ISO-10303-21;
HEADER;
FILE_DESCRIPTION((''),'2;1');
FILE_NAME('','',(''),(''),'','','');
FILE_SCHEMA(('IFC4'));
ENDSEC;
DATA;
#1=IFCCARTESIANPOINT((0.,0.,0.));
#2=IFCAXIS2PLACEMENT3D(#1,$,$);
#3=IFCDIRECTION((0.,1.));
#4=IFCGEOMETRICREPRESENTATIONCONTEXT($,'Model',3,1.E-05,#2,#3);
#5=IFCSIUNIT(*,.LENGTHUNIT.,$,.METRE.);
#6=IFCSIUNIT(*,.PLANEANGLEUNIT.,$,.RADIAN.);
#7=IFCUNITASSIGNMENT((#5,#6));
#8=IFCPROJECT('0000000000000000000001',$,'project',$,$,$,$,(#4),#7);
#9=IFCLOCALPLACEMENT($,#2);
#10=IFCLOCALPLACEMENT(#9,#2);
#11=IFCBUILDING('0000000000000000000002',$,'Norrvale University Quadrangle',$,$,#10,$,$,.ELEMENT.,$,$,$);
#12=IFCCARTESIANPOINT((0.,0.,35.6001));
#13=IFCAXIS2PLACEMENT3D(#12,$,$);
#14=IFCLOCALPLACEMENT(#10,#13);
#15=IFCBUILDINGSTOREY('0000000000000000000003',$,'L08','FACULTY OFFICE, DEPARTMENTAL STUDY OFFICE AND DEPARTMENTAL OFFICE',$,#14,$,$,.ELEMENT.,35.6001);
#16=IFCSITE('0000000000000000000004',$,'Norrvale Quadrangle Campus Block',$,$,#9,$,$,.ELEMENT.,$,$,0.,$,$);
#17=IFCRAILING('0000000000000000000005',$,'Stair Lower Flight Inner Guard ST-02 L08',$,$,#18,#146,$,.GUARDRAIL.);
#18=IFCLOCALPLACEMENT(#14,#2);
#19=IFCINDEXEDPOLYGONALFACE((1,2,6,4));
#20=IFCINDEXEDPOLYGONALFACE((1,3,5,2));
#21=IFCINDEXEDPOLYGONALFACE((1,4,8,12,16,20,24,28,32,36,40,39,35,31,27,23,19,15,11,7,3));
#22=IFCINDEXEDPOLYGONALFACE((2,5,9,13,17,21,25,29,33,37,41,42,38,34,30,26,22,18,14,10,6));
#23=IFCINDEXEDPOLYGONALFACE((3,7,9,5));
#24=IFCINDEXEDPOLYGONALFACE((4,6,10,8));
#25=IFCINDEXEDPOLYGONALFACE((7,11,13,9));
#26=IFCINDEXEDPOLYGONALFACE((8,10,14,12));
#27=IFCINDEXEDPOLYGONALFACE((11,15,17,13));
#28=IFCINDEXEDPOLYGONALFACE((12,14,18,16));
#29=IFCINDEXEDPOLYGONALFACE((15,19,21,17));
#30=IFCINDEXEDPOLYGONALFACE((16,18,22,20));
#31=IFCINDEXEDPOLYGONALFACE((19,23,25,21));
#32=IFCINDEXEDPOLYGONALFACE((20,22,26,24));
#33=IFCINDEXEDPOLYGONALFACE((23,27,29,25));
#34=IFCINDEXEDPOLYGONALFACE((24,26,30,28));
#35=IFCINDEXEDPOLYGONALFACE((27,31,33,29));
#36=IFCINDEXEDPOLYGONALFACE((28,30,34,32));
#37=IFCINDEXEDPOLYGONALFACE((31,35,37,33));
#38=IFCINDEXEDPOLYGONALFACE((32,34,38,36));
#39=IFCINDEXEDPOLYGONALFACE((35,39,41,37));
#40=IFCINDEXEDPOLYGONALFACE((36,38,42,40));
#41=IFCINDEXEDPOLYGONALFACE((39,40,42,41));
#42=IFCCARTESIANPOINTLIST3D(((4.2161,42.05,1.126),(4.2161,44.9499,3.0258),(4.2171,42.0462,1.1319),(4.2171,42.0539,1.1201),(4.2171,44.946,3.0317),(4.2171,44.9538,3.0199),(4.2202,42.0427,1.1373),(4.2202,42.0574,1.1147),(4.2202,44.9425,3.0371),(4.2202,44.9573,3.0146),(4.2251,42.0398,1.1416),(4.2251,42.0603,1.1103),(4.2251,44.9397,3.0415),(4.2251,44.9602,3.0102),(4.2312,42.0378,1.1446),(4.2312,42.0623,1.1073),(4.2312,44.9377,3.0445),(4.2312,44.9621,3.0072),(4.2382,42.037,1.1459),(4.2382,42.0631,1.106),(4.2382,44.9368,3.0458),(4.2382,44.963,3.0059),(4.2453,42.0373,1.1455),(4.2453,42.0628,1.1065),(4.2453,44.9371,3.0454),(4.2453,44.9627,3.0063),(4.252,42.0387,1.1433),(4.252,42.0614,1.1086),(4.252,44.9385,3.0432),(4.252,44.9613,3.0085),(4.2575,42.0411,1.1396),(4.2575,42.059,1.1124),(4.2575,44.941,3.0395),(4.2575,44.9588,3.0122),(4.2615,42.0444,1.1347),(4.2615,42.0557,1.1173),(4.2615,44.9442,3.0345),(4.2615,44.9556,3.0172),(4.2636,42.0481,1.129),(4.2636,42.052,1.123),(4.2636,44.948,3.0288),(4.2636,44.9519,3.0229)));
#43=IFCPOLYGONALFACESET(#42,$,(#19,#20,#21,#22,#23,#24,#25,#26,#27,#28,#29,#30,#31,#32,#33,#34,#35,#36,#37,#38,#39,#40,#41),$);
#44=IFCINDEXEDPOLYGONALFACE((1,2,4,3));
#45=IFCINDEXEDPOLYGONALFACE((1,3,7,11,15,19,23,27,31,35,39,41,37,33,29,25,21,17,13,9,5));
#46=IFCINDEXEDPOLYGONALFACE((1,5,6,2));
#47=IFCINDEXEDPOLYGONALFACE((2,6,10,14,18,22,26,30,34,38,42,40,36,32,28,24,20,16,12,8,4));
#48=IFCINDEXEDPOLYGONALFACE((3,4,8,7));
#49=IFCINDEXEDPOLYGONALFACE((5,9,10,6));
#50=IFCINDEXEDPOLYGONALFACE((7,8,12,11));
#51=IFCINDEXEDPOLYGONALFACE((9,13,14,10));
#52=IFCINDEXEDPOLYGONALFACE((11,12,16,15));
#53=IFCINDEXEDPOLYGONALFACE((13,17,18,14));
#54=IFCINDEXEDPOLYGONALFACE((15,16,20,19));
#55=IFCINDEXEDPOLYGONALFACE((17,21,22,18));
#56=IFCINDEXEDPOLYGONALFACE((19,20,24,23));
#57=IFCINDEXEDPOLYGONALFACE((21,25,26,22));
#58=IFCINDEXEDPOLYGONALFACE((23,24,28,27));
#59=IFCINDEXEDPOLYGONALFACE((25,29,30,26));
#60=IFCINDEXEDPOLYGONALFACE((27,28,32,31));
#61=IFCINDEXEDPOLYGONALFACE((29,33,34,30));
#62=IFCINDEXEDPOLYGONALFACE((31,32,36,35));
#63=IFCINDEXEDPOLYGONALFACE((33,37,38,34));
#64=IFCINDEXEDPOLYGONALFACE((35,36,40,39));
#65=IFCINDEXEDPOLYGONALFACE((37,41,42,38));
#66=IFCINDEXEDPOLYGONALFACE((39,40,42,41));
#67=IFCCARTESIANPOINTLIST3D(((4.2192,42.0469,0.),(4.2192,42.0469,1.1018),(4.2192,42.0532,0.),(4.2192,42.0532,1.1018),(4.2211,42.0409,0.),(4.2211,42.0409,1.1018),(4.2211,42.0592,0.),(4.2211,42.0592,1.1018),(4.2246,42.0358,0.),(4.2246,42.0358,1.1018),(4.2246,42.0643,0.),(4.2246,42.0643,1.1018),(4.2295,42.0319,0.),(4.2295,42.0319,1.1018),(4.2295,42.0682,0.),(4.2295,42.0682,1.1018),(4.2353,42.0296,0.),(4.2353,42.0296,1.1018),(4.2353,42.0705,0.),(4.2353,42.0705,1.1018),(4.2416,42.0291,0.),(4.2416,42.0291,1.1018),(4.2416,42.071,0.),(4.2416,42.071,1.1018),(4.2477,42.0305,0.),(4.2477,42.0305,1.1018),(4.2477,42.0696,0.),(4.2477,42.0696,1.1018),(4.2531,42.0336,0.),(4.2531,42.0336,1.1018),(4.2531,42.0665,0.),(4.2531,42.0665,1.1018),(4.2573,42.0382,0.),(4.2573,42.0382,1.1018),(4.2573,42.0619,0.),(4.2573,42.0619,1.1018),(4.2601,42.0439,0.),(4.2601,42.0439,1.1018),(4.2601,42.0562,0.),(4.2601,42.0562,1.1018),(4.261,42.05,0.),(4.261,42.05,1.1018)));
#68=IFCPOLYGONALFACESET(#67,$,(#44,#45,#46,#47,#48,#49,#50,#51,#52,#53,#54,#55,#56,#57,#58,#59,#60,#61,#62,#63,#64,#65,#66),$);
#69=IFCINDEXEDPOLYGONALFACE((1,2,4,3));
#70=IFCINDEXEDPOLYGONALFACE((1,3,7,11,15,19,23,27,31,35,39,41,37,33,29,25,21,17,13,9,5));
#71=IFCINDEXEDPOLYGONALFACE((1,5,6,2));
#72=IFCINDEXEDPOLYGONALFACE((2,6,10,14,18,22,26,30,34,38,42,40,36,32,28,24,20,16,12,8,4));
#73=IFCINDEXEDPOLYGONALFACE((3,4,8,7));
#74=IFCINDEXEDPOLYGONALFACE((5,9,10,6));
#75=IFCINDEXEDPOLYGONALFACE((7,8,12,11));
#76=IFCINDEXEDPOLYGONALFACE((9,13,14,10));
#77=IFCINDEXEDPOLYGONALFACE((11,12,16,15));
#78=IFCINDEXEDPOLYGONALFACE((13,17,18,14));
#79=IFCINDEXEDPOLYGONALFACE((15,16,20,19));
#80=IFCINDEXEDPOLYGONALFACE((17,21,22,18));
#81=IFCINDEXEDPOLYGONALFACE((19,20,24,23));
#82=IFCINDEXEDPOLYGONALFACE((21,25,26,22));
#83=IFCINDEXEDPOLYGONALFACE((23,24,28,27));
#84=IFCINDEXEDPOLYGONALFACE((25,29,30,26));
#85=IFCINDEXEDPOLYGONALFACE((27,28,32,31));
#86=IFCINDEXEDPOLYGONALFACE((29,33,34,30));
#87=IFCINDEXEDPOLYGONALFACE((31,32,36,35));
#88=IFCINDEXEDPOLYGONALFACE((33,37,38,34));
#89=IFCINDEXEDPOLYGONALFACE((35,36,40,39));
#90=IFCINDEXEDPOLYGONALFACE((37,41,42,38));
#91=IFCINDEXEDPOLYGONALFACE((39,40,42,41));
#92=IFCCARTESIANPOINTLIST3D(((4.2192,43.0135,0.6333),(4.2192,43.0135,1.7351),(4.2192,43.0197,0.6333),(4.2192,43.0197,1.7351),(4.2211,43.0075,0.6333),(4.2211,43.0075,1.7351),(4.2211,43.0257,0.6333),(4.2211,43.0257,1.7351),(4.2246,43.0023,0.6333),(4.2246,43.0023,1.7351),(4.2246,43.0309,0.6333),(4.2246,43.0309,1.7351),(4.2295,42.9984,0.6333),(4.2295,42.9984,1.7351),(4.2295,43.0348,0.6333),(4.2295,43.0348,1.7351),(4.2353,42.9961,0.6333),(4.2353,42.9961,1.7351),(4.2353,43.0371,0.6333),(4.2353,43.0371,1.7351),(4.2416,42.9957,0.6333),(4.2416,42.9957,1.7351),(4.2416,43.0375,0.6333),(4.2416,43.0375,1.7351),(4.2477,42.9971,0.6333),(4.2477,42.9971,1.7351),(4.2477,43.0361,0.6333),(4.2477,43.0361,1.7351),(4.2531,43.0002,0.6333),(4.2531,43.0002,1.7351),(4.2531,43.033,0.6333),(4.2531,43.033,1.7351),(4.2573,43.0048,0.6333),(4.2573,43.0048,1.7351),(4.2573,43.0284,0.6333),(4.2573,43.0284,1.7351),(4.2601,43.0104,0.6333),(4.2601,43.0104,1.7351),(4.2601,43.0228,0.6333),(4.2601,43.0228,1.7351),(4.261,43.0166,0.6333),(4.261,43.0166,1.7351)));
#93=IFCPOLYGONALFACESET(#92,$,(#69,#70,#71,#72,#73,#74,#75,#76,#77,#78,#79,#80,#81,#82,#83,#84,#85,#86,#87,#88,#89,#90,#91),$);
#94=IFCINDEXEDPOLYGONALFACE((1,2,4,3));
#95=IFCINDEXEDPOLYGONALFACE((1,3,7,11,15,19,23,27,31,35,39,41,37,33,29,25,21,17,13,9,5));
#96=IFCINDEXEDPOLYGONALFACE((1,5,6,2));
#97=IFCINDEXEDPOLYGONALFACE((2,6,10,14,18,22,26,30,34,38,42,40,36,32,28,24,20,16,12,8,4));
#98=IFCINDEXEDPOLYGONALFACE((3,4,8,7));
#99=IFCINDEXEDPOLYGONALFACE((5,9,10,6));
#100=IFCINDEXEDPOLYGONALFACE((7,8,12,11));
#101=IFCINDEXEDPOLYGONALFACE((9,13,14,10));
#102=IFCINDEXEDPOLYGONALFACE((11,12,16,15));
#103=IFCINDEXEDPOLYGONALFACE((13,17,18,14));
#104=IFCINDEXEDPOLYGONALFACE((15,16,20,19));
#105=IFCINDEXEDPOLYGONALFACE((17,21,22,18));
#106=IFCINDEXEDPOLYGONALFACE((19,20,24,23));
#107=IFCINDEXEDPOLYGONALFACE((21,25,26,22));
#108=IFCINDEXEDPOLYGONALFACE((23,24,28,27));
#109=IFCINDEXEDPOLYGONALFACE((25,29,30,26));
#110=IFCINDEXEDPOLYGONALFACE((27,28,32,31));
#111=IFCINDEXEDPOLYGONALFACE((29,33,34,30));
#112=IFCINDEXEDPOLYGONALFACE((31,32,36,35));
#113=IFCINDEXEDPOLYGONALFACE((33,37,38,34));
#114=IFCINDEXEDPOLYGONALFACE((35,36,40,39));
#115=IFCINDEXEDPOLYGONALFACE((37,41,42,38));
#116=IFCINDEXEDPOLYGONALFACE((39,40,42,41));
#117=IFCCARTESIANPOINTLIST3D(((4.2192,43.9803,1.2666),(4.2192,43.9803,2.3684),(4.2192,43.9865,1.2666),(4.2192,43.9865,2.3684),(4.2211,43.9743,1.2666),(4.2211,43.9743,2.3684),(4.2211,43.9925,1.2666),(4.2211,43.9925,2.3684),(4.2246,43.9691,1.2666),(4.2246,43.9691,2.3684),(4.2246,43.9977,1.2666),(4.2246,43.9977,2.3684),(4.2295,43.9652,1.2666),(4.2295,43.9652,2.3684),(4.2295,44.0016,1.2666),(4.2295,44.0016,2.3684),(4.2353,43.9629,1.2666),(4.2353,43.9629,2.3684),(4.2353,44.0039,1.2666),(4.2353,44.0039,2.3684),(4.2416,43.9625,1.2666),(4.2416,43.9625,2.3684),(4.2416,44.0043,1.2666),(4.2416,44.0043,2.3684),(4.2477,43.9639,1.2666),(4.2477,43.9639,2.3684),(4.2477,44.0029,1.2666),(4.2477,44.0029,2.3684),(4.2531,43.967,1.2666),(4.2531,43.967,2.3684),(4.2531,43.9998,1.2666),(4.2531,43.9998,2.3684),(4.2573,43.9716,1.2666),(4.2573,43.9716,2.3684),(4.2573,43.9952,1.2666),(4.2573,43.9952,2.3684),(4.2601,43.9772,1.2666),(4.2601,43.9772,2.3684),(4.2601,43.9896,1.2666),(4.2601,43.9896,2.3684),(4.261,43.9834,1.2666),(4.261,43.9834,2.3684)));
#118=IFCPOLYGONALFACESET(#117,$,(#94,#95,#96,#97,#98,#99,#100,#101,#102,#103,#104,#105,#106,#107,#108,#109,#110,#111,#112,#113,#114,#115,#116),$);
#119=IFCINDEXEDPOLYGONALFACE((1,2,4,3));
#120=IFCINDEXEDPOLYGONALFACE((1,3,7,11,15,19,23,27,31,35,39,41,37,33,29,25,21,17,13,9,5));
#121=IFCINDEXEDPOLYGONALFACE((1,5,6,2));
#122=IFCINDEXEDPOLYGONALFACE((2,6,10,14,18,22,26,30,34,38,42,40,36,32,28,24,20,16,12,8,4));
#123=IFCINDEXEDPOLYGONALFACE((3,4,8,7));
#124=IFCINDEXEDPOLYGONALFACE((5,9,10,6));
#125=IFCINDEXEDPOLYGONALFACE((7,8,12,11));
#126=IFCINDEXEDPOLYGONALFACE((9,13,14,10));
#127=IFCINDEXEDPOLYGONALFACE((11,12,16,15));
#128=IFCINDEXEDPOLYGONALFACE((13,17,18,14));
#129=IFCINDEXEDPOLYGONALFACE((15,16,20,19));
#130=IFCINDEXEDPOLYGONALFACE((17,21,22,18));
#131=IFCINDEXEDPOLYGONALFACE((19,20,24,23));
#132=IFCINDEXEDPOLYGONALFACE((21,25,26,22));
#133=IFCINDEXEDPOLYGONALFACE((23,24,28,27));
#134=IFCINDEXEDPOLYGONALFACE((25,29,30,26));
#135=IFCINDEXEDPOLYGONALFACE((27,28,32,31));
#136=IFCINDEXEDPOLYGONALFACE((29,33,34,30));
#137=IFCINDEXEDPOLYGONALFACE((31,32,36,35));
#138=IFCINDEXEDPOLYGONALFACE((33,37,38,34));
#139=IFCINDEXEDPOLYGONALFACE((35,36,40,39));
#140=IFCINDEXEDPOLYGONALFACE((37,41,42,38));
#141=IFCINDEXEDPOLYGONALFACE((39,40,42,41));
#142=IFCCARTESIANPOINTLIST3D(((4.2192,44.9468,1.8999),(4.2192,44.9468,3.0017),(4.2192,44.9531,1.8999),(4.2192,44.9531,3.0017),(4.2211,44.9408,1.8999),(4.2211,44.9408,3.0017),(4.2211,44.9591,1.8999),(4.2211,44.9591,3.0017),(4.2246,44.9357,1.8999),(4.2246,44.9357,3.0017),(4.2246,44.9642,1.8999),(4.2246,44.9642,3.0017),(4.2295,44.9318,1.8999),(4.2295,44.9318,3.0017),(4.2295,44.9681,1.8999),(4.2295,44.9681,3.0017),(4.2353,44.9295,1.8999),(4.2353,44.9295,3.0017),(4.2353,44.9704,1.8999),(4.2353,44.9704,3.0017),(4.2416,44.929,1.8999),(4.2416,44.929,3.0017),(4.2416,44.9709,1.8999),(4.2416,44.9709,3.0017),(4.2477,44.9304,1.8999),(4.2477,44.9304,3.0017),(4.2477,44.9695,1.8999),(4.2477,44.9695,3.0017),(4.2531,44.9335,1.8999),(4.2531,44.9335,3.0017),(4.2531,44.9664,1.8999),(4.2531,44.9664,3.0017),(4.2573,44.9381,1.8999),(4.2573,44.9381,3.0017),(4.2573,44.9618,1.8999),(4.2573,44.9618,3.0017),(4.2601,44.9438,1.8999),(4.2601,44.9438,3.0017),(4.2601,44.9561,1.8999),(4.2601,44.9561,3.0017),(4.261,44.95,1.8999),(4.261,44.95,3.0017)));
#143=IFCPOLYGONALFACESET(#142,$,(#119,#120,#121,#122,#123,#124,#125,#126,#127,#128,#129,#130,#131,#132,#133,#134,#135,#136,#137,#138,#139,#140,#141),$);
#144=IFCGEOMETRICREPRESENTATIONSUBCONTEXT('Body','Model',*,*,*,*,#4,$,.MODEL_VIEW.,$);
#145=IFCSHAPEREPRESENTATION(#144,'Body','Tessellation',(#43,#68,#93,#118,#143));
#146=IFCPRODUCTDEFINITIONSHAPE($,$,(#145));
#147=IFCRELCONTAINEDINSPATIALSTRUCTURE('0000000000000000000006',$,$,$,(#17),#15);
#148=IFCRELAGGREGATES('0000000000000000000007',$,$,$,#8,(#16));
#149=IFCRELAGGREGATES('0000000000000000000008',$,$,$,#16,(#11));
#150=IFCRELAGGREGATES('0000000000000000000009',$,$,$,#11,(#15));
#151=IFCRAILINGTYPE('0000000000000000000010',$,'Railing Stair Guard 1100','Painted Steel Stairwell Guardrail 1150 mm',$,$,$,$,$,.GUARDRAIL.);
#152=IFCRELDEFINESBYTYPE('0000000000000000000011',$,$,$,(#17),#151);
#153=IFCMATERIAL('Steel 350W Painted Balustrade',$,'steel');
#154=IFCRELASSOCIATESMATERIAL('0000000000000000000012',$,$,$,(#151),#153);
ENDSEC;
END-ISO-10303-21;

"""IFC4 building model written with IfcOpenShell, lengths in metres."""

from ifc_helpers import new_model, si_unit, direction, frame, origin, origin_2d, place, context, subcontext, project, spatial, circle, extrude, material, type_object, element, save


model = new_model("IFC4")

# Units and contexts
model_context = context("Model", 3, precision=1e-05, world=origin(), true_north=direction((0.0, 1.0)))
body_context = subcontext(model_context, "Body", "Model", "MODEL_VIEW")
ifc_project = project(units=[si_unit("LENGTHUNIT", "METRE"), si_unit("PLANEANGLEUNIT", "RADIAN")], contexts=[model_context])

# Site, building, storey
site_placement = place(None, origin())
site = spatial("IfcSite", under=ifc_project, at=site_placement, Name="Norrvale Quadrangle Campus Block", CompositionType="ELEMENT", RefElevation=0.0)
building_placement = place(site_placement, origin())
building = spatial("IfcBuilding", under=site, at=building_placement, Name="Norrvale University Quadrangle", CompositionType="ELEMENT")
storey_placement = place(building_placement, frame((0.0, 0.0, 35.6001)))
storey = spatial("IfcBuildingStorey", under=building, at=storey_placement, Name="L08", Description="FACULTY OFFICE, DEPARTMENTAL STUDY OFFICE AND DEPARTMENTAL OFFICE", CompositionType="ELEMENT", Elevation=35.6001)

# Railing
ifc_material_1 = material(Name="Steel 350W Painted Balustrade", Category="steel")
railing_type_1 = type_object("IfcRailingType", Name="Railing Stair Guard 1100", Description="Painted Steel Stairwell Guardrail 1150 mm", PredefinedType="GUARDRAIL", material=ifc_material_1)
railing_1_placement = place(storey_placement, frame((4.24, 42.05, 0.0)))
element("IfcRailing", 1, at=railing_1_placement, inside=storey, type_object=railing_type_1, Name="Stair Lower Flight Inner Guard ST-02 L08", PredefinedType="GUARDRAIL", context=body_context, shape_type="SweptSolid", body=[
    extrude(circle(Radius=0.0239, at=origin_2d()), frame((0.0, 0.0, 1.126), z_axis=(0.0, 0.836466, 0.548019), x_axis=(-1.0, 0.0, 0.0)), (0.0, 0.0, 1.0), 3.4668),
    extrude(circle(Radius=0.021, at=origin_2d()), origin(), (0.0, 0.0, 1.0), 1.1018),
    extrude(circle(Radius=0.021, at=origin_2d()), frame((0.0, 0.9666, 0.6333)), (0.0, 0.0, 1.0), 1.1018),
    extrude(circle(Radius=0.021, at=origin_2d()), frame((0.0, 1.9333, 1.2666)), (0.0, 0.0, 1.0), 1.1018),
    extrude(circle(Radius=0.021, at=origin_2d()), frame((0.0, 2.8999, 1.8999)), (0.0, 0.0, 1.0), 1.1018),
])

save(model, "model.ifc")
